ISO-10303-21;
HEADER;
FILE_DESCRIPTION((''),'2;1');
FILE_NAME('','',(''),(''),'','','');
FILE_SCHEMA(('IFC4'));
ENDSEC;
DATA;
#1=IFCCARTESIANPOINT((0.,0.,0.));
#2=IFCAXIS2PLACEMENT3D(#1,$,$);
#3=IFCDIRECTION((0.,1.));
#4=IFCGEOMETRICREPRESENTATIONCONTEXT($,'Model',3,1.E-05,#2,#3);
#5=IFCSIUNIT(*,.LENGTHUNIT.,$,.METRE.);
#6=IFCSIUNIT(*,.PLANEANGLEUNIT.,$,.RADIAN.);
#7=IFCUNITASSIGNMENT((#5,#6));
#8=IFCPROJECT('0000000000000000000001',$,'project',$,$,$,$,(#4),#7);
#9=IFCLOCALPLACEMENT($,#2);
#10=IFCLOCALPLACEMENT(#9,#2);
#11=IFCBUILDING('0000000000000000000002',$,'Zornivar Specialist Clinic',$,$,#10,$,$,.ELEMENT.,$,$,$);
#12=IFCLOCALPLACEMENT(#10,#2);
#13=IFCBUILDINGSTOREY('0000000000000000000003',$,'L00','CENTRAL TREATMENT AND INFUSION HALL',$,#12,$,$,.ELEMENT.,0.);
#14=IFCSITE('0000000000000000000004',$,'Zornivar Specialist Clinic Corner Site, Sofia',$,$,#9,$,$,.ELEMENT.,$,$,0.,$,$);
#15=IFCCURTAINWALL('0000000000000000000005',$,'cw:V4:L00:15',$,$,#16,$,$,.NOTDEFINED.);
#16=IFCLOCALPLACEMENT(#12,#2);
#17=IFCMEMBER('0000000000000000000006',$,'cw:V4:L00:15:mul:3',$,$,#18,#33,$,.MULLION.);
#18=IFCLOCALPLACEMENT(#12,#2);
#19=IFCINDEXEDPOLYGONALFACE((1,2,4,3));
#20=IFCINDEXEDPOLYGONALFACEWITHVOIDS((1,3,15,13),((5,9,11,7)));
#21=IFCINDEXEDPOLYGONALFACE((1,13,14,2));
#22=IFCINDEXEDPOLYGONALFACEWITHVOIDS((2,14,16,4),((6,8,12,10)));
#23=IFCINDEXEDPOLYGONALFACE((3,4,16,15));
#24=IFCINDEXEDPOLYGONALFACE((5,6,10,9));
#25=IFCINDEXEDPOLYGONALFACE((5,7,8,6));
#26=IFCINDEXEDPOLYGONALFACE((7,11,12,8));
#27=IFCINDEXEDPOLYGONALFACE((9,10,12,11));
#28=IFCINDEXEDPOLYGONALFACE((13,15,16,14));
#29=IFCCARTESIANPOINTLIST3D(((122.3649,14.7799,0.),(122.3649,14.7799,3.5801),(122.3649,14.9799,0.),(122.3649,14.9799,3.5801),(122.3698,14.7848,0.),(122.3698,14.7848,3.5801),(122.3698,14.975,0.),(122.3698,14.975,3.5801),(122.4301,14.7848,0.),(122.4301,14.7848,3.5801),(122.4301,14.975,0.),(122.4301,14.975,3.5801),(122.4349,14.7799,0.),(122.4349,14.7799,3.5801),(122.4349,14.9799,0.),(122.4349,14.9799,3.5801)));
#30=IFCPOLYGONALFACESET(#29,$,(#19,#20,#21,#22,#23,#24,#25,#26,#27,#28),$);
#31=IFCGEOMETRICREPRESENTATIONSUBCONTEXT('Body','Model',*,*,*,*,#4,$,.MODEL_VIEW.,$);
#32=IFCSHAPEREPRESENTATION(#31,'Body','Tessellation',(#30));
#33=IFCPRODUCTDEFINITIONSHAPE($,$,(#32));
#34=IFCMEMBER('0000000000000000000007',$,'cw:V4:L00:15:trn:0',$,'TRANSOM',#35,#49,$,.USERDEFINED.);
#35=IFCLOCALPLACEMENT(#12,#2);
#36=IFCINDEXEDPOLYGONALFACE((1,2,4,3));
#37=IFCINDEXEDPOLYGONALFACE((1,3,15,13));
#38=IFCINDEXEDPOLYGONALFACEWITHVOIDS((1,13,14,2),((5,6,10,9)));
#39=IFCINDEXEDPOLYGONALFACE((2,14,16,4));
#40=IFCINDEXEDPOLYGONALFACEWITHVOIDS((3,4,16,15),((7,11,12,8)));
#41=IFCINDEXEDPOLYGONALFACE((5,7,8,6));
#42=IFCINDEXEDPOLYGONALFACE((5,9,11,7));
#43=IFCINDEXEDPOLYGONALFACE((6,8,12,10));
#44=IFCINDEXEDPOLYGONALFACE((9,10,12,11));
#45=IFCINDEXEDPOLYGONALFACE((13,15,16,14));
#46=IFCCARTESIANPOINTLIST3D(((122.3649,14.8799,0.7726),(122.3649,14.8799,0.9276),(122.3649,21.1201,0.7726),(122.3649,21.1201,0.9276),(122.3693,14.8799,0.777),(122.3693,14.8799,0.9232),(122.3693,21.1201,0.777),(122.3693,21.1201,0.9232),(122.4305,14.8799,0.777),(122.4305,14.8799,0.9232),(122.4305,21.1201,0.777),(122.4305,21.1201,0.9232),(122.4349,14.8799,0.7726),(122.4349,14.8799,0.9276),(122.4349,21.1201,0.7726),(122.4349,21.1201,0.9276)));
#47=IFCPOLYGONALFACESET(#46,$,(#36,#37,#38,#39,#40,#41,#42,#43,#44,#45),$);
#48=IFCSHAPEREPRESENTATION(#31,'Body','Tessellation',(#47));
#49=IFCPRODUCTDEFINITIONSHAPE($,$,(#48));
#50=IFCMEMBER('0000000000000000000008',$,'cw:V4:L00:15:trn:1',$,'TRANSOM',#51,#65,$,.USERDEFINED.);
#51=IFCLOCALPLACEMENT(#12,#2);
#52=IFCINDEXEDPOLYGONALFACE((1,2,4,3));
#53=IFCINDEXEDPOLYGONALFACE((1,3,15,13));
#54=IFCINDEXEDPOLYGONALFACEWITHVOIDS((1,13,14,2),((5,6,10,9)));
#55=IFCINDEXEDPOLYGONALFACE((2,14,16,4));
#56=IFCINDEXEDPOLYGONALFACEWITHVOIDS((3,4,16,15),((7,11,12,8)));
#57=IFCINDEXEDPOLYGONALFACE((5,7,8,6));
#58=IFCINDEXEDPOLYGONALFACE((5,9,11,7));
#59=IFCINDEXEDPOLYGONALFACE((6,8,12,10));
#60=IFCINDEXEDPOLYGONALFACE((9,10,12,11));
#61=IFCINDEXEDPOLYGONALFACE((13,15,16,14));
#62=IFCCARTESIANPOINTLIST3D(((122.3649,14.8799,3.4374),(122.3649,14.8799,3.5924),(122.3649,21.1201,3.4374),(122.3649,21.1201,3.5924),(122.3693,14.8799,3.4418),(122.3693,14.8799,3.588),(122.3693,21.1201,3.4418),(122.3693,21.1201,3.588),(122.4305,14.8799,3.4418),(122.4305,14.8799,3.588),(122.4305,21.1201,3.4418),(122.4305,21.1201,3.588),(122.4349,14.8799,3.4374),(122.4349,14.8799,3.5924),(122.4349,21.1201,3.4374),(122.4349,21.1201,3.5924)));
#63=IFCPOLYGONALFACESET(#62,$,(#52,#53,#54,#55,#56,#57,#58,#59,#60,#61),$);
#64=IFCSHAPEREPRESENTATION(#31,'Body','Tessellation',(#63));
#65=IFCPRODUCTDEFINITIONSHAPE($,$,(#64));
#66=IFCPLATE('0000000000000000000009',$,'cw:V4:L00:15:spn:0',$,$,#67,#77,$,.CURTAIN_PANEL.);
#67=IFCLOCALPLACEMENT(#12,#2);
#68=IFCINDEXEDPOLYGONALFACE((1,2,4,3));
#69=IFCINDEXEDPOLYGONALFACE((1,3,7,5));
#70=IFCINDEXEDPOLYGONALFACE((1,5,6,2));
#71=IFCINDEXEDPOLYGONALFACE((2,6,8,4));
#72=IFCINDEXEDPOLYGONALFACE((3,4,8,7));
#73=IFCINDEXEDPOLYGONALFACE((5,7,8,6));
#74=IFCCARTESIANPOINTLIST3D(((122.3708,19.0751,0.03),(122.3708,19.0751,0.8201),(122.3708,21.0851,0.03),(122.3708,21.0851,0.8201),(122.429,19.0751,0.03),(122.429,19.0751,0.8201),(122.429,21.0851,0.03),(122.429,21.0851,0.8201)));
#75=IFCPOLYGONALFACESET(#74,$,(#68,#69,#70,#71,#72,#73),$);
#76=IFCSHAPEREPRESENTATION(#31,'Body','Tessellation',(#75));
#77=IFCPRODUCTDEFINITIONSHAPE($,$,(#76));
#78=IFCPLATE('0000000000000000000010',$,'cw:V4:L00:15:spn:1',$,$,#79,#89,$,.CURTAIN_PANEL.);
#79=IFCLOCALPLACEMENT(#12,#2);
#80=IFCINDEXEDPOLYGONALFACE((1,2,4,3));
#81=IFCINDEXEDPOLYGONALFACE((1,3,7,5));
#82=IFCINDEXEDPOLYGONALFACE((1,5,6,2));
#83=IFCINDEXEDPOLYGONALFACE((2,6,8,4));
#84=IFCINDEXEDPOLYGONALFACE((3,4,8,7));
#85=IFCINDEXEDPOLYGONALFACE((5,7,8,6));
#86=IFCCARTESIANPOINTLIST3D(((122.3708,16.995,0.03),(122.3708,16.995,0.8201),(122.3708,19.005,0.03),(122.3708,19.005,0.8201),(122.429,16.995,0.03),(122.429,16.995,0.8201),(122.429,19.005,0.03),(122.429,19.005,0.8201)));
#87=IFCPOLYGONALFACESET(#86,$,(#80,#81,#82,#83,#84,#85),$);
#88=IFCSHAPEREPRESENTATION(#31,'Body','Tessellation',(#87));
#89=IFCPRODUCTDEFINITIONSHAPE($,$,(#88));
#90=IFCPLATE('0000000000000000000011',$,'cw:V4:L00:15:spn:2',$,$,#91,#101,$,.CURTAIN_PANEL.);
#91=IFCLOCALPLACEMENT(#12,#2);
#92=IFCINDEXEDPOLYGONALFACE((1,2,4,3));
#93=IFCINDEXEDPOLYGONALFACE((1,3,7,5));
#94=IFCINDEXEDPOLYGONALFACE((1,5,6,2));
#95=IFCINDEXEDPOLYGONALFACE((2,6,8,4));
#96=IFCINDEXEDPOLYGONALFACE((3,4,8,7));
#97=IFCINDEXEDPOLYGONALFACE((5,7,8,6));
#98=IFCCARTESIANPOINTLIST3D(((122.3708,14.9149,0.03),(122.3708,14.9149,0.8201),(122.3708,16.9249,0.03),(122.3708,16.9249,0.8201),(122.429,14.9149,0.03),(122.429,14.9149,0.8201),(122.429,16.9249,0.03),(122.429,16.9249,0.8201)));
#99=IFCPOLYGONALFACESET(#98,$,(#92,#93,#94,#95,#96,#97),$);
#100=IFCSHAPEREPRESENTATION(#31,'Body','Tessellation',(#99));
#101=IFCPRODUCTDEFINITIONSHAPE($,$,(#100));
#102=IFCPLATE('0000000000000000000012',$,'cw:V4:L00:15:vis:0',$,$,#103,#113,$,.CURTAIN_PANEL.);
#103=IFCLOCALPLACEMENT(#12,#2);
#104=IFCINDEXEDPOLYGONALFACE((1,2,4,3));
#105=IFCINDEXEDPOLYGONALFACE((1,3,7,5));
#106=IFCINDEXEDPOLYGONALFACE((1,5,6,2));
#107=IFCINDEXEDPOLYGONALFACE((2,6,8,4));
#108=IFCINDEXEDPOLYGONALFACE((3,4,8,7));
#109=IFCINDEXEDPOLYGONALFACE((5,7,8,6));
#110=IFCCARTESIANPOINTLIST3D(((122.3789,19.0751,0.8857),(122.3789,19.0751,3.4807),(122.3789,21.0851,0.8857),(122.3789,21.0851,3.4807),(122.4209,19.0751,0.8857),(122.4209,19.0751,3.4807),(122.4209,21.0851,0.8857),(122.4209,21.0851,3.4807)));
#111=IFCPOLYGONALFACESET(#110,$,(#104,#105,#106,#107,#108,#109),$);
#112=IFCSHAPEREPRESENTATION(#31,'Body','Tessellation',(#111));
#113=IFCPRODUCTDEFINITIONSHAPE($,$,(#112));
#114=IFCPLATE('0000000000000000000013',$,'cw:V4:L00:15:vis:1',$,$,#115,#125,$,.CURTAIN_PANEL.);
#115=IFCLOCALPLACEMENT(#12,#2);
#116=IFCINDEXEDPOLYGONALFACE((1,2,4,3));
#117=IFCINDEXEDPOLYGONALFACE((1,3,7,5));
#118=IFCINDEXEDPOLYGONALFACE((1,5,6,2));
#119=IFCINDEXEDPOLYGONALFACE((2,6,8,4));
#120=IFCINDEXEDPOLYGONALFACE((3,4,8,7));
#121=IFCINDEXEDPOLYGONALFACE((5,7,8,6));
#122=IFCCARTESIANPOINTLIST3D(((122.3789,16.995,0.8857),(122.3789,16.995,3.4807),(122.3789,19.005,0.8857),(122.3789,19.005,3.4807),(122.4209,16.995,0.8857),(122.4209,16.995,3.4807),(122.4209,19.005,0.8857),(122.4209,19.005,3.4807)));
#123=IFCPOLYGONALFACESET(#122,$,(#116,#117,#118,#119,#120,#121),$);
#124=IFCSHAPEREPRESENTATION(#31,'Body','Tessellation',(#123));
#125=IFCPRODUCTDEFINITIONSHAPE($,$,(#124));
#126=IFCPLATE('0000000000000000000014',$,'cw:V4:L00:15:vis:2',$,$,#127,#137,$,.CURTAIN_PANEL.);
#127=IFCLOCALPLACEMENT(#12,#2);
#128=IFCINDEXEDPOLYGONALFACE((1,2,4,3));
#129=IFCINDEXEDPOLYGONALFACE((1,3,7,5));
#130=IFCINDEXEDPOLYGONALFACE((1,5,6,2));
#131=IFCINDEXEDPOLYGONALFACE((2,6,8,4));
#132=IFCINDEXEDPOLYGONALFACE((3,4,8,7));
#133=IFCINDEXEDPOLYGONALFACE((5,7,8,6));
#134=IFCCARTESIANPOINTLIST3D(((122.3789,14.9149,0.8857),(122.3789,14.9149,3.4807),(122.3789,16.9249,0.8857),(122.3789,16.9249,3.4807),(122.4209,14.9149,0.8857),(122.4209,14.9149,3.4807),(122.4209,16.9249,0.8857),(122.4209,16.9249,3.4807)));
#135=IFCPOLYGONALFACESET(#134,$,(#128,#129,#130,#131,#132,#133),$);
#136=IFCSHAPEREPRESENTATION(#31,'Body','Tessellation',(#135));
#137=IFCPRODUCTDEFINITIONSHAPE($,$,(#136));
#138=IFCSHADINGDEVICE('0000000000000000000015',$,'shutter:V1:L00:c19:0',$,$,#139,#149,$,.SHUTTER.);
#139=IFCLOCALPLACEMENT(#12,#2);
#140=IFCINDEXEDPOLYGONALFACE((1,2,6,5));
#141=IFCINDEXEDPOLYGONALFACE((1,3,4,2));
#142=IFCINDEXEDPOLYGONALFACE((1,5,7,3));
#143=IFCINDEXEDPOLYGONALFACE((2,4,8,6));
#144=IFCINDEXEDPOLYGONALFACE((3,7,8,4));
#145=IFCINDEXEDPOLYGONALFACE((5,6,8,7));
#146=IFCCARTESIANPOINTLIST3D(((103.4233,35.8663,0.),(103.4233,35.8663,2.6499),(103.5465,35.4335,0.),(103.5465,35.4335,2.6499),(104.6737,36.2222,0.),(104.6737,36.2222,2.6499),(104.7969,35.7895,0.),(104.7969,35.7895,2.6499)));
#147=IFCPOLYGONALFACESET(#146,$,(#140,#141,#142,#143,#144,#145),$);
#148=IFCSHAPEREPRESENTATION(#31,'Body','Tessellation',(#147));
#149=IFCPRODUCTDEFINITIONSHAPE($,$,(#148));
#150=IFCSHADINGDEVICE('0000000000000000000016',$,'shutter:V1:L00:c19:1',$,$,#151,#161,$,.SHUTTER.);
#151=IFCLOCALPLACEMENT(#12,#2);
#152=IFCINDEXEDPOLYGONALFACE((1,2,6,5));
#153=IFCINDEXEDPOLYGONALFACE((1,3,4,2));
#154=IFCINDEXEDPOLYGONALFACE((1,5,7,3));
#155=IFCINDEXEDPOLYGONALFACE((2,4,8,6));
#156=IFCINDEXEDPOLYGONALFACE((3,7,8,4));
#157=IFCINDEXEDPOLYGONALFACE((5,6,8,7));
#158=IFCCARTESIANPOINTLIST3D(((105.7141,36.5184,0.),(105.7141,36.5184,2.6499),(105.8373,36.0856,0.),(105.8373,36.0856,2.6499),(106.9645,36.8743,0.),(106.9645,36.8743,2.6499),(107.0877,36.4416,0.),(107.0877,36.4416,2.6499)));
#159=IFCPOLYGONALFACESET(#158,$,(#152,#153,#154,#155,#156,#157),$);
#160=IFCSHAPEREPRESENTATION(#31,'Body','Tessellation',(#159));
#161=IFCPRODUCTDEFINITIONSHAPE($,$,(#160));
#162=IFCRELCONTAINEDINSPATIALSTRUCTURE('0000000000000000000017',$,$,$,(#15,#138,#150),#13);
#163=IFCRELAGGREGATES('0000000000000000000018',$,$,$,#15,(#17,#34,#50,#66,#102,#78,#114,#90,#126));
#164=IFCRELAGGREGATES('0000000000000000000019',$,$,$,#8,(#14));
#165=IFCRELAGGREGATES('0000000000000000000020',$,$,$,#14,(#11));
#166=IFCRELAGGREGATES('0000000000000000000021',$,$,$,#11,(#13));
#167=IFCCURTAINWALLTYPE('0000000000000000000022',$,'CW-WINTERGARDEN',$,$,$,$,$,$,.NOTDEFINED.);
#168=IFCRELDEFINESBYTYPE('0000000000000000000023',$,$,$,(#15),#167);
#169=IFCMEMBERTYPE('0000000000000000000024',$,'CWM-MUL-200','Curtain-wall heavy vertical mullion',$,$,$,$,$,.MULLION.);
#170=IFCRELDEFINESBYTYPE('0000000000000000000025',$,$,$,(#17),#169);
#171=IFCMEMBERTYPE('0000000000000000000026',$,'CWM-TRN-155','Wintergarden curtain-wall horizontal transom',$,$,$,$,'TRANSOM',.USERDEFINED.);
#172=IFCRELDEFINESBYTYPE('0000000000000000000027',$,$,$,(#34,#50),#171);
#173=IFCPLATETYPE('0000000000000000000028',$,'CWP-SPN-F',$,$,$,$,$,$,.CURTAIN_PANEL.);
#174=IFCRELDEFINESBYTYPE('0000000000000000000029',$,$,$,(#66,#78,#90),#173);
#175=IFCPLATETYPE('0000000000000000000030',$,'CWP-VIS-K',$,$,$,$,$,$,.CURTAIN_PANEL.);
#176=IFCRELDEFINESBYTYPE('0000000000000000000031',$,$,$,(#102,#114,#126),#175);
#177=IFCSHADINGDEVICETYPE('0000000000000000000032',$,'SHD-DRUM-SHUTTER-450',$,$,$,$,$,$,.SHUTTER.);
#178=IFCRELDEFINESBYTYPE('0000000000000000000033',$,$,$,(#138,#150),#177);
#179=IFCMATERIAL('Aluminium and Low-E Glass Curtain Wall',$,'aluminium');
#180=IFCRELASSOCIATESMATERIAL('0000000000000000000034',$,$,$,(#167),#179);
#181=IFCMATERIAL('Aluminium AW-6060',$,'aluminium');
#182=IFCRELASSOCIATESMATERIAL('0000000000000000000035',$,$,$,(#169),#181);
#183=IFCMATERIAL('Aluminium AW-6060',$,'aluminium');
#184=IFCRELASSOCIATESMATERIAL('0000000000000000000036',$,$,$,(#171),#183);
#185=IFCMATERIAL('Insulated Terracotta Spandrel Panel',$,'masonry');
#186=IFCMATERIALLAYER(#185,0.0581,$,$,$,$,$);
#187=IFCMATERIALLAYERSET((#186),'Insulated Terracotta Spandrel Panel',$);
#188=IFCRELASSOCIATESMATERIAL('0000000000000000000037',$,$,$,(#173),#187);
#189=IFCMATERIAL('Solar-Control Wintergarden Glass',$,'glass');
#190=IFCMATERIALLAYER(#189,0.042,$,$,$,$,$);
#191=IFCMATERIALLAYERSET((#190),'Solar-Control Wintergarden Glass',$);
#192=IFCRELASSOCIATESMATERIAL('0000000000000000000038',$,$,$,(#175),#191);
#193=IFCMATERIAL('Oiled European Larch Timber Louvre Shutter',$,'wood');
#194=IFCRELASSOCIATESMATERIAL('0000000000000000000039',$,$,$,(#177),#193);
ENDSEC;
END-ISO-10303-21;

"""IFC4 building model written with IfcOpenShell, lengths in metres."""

from ifc_helpers import new_model, si_unit, direction, frame, origin, origin_2d, place, context, subcontext, project, spatial, rectangle, hollow_rectangle, extrude, material, layer, layer_set, material_profile, profile_set, type_object, element, aggregate, save


model = new_model("IFC4")

# Units and contexts
model_context = context("Model", 3, precision=1e-05, world=origin(), true_north=direction((0.0, 1.0)))
body_context = subcontext(model_context, "Body", "Model", "MODEL_VIEW")
ifc_project = project(units=[si_unit("LENGTHUNIT", "METRE"), si_unit("PLANEANGLEUNIT", "RADIAN")], contexts=[model_context])

# Site, building, storey
site_placement = place(None, origin())
site = spatial("IfcSite", under=ifc_project, at=site_placement, Name="Zornivar Specialist Clinic Corner Site, Sofia", CompositionType="ELEMENT", RefElevation=0.0)
building_placement = place(site_placement, origin())
building = spatial("IfcBuilding", under=site, at=building_placement, Name="Zornivar Specialist Clinic", CompositionType="ELEMENT")
storey_placement = place(building_placement, origin())
storey = spatial("IfcBuildingStorey", under=building, at=storey_placement, Name="L00", Description="CENTRAL TREATMENT AND INFUSION HALL", CompositionType="ELEMENT", Elevation=0.0)

# Curtain wall, members, plates
ifc_material_1 = material(Name="Aluminium and Low-E Glass Curtain Wall", Category="aluminium")
curtain_wall_type_1 = type_object("IfcCurtainWallType", Name="CW-WINTERGARDEN", PredefinedType="NOTDEFINED", material=ifc_material_1)
curtain_wall_1_placement = place(storey_placement, origin())
curtain_wall_1 = element("IfcCurtainWall", 1, at=curtain_wall_1_placement, inside=storey, type_object=curtain_wall_type_1, Name="cw:V4:L00:15", PredefinedType="NOTDEFINED")
ifc_material_2 = material(Name="Aluminium AW-6060", Category="aluminium")
ifc_material_profile_1 = material_profile(ifc_material_2, hollow_rectangle(XDim=0.0701, YDim=0.2, WallThickness=0.0049, at=origin_2d()), Name="ALU 70x200x5")
ifc_profile_set_1 = profile_set([ifc_material_profile_1], Name="Aluminium AW-6060")
member_type_1 = type_object("IfcMemberType", Name="CWM-MUL-200", Description="Curtain-wall heavy vertical mullion", PredefinedType="MULLION", material=ifc_profile_set_1)
member_1_placement = place(storey_placement, frame((122.3999, 14.8799, 0.0), z_axis=(0.0, 0.0, 1.0), x_axis=(1.0, 0.0, 0.0)))
member_1 = element("IfcMember", 2, at=member_1_placement, type_object=member_type_1, Name="cw:V4:L00:15:mul:3", PredefinedType="MULLION", context=body_context, shape_type="SweptSolid", body=[
    extrude(hollow_rectangle(XDim=0.0701, YDim=0.2, WallThickness=0.0049, at=origin_2d()), origin(), (0.0, 0.0, 1.0), 3.5801),
])
ifc_material_3 = material(Name="Aluminium AW-6060", Category="aluminium")
ifc_material_profile_2 = material_profile(ifc_material_3, hollow_rectangle(XDim=0.0701, YDim=0.155, WallThickness=0.0044, at=origin_2d()), Name="ALU 70x155x4.5")
ifc_profile_set_2 = profile_set([ifc_material_profile_2], Name="Aluminium AW-6060")
member_type_2 = type_object("IfcMemberType", Name="CWM-TRN-155", Description="Wintergarden curtain-wall horizontal transom", ElementType="TRANSOM", PredefinedType="USERDEFINED", material=ifc_profile_set_2)
member_2_placement = place(storey_placement, frame((122.3999, 21.1201, 0.8501), z_axis=(0.0, -1.0, 0.0), x_axis=(1.0, 0.0, 0.0)))
member_2 = element("IfcMember", 3, at=member_2_placement, type_object=member_type_2, Name="cw:V4:L00:15:trn:0", ObjectType="TRANSOM", PredefinedType="USERDEFINED", context=body_context, shape_type="SweptSolid", body=[
    extrude(hollow_rectangle(XDim=0.0701, YDim=0.155, WallThickness=0.0044, at=origin_2d()), origin(), (0.0, 0.0, 1.0), 6.2402),
])
member_3_placement = place(storey_placement, frame((122.3999, 21.1201, 3.5149), z_axis=(0.0, -1.0, 0.0), x_axis=(1.0, 0.0, 0.0)))
member_3 = element("IfcMember", 4, at=member_3_placement, type_object=member_type_2, Name="cw:V4:L00:15:trn:1", ObjectType="TRANSOM", PredefinedType="USERDEFINED", context=body_context, shape_type="SweptSolid", body=[
    extrude(hollow_rectangle(XDim=0.0701, YDim=0.155, WallThickness=0.0044, at=origin_2d()), origin(), (0.0, 0.0, 1.0), 6.2402),
])
ifc_material_4 = material(Name="Insulated Terracotta Spandrel Panel", Category="masonry")
ifc_layer_1 = layer(ifc_material_4, 0.0581)
ifc_layer_set_1 = layer_set([ifc_layer_1], Name="Insulated Terracotta Spandrel Panel")
plate_type_1 = type_object("IfcPlateType", Name="CWP-SPN-F", PredefinedType="CURTAIN_PANEL", material=ifc_layer_set_1)
plate_1_placement = place(storey_placement, frame((122.3999, 20.0801, 0.03), z_axis=(0.0, 0.0, 1.0), x_axis=(0.0, -1.0, 0.0)))
plate_1 = element("IfcPlate", 5, at=plate_1_placement, type_object=plate_type_1, Name="cw:V4:L00:15:spn:0", PredefinedType="CURTAIN_PANEL", context=body_context, shape_type="SweptSolid", body=[
    extrude(rectangle(XDim=2.01, YDim=0.0581, at=origin_2d()), origin(), (0.0, 0.0, 1.0), 0.79),
])
plate_2_placement = place(storey_placement, frame((122.3999, 18.0, 0.03), z_axis=(0.0, 0.0, 1.0), x_axis=(0.0, -1.0, 0.0)))
plate_2 = element("IfcPlate", 6, at=plate_2_placement, type_object=plate_type_1, Name="cw:V4:L00:15:spn:1", PredefinedType="CURTAIN_PANEL", context=body_context, shape_type="SweptSolid", body=[
    extrude(rectangle(XDim=2.01, YDim=0.0581, at=origin_2d()), origin(), (0.0, 0.0, 1.0), 0.79),
])
plate_3_placement = place(storey_placement, frame((122.3999, 15.9199, 0.03), z_axis=(0.0, 0.0, 1.0), x_axis=(0.0, -1.0, 0.0)))
plate_3 = element("IfcPlate", 7, at=plate_3_placement, type_object=plate_type_1, Name="cw:V4:L00:15:spn:2", PredefinedType="CURTAIN_PANEL", context=body_context, shape_type="SweptSolid", body=[
    extrude(rectangle(XDim=2.01, YDim=0.0581, at=origin_2d()), origin(), (0.0, 0.0, 1.0), 0.79),
])
ifc_material_5 = material(Name="Solar-Control Wintergarden Glass", Category="glass")
ifc_layer_2 = layer(ifc_material_5, 0.042)
ifc_layer_set_2 = layer_set([ifc_layer_2], Name="Solar-Control Wintergarden Glass")
plate_type_2 = type_object("IfcPlateType", Name="CWP-VIS-K", PredefinedType="CURTAIN_PANEL", material=ifc_layer_set_2)
plate_4_placement = place(storey_placement, frame((122.3999, 20.0801, 0.8857), z_axis=(0.0, 0.0, 1.0), x_axis=(0.0, -1.0, 0.0)))
plate_4 = element("IfcPlate", 8, at=plate_4_placement, type_object=plate_type_2, Name="cw:V4:L00:15:vis:0", PredefinedType="CURTAIN_PANEL", context=body_context, shape_type="SweptSolid", body=[
    extrude(rectangle(XDim=2.01, YDim=0.042, at=origin_2d()), origin(), (0.0, 0.0, 1.0), 2.595),
])
plate_5_placement = place(storey_placement, frame((122.3999, 18.0, 0.8857), z_axis=(0.0, 0.0, 1.0), x_axis=(0.0, -1.0, 0.0)))
plate_5 = element("IfcPlate", 9, at=plate_5_placement, type_object=plate_type_2, Name="cw:V4:L00:15:vis:1", PredefinedType="CURTAIN_PANEL", context=body_context, shape_type="SweptSolid", body=[
    extrude(rectangle(XDim=2.01, YDim=0.042, at=origin_2d()), origin(), (0.0, 0.0, 1.0), 2.595),
])
plate_6_placement = place(storey_placement, frame((122.3999, 15.9199, 0.8857), z_axis=(0.0, 0.0, 1.0), x_axis=(0.0, -1.0, 0.0)))
plate_6 = element("IfcPlate", 10, at=plate_6_placement, type_object=plate_type_2, Name="cw:V4:L00:15:vis:2", PredefinedType="CURTAIN_PANEL", context=body_context, shape_type="SweptSolid", body=[
    extrude(rectangle(XDim=2.01, YDim=0.042, at=origin_2d()), origin(), (0.0, 0.0, 1.0), 2.595),
])
aggregate(curtain_wall_1, [member_1, member_2, member_3, plate_1, plate_4, plate_2, plate_5, plate_3, plate_6])

# Shading devices
ifc_material_6 = material(Name="Oiled European Larch Timber Louvre Shutter", Category="wood")
shading_device_type = type_object("IfcShadingDeviceType", Name="SHD-DRUM-SHUTTER-450", PredefinedType="SHUTTER", material=ifc_material_6)
for number, where, z_axis, x_axis, name in (
    (11, (104.1101, 35.8279, 0.0), (0.0, 0.0, 1.0), (0.961785, 0.273805, 0.0), "shutter:V1:L00:c19:0"),
    (12, (106.4009, 36.48, 0.0), (0.0, 0.0, 1.0), (0.961785, 0.273805, 0.0), "shutter:V1:L00:c19:1"),
):
    element("IfcShadingDevice", number, at=place(storey_placement, frame(where, z_axis=z_axis, x_axis=x_axis)), inside=storey, type_object=shading_device_type, Name=name, PredefinedType="SHUTTER", context=body_context, shape_type="SweptSolid", body=[
        extrude(rectangle(XDim=1.3, YDim=0.45, at=origin_2d()), origin(), (0.0, 0.0, 1.0), 2.6499),
    ])

save(model, "model.ifc")
